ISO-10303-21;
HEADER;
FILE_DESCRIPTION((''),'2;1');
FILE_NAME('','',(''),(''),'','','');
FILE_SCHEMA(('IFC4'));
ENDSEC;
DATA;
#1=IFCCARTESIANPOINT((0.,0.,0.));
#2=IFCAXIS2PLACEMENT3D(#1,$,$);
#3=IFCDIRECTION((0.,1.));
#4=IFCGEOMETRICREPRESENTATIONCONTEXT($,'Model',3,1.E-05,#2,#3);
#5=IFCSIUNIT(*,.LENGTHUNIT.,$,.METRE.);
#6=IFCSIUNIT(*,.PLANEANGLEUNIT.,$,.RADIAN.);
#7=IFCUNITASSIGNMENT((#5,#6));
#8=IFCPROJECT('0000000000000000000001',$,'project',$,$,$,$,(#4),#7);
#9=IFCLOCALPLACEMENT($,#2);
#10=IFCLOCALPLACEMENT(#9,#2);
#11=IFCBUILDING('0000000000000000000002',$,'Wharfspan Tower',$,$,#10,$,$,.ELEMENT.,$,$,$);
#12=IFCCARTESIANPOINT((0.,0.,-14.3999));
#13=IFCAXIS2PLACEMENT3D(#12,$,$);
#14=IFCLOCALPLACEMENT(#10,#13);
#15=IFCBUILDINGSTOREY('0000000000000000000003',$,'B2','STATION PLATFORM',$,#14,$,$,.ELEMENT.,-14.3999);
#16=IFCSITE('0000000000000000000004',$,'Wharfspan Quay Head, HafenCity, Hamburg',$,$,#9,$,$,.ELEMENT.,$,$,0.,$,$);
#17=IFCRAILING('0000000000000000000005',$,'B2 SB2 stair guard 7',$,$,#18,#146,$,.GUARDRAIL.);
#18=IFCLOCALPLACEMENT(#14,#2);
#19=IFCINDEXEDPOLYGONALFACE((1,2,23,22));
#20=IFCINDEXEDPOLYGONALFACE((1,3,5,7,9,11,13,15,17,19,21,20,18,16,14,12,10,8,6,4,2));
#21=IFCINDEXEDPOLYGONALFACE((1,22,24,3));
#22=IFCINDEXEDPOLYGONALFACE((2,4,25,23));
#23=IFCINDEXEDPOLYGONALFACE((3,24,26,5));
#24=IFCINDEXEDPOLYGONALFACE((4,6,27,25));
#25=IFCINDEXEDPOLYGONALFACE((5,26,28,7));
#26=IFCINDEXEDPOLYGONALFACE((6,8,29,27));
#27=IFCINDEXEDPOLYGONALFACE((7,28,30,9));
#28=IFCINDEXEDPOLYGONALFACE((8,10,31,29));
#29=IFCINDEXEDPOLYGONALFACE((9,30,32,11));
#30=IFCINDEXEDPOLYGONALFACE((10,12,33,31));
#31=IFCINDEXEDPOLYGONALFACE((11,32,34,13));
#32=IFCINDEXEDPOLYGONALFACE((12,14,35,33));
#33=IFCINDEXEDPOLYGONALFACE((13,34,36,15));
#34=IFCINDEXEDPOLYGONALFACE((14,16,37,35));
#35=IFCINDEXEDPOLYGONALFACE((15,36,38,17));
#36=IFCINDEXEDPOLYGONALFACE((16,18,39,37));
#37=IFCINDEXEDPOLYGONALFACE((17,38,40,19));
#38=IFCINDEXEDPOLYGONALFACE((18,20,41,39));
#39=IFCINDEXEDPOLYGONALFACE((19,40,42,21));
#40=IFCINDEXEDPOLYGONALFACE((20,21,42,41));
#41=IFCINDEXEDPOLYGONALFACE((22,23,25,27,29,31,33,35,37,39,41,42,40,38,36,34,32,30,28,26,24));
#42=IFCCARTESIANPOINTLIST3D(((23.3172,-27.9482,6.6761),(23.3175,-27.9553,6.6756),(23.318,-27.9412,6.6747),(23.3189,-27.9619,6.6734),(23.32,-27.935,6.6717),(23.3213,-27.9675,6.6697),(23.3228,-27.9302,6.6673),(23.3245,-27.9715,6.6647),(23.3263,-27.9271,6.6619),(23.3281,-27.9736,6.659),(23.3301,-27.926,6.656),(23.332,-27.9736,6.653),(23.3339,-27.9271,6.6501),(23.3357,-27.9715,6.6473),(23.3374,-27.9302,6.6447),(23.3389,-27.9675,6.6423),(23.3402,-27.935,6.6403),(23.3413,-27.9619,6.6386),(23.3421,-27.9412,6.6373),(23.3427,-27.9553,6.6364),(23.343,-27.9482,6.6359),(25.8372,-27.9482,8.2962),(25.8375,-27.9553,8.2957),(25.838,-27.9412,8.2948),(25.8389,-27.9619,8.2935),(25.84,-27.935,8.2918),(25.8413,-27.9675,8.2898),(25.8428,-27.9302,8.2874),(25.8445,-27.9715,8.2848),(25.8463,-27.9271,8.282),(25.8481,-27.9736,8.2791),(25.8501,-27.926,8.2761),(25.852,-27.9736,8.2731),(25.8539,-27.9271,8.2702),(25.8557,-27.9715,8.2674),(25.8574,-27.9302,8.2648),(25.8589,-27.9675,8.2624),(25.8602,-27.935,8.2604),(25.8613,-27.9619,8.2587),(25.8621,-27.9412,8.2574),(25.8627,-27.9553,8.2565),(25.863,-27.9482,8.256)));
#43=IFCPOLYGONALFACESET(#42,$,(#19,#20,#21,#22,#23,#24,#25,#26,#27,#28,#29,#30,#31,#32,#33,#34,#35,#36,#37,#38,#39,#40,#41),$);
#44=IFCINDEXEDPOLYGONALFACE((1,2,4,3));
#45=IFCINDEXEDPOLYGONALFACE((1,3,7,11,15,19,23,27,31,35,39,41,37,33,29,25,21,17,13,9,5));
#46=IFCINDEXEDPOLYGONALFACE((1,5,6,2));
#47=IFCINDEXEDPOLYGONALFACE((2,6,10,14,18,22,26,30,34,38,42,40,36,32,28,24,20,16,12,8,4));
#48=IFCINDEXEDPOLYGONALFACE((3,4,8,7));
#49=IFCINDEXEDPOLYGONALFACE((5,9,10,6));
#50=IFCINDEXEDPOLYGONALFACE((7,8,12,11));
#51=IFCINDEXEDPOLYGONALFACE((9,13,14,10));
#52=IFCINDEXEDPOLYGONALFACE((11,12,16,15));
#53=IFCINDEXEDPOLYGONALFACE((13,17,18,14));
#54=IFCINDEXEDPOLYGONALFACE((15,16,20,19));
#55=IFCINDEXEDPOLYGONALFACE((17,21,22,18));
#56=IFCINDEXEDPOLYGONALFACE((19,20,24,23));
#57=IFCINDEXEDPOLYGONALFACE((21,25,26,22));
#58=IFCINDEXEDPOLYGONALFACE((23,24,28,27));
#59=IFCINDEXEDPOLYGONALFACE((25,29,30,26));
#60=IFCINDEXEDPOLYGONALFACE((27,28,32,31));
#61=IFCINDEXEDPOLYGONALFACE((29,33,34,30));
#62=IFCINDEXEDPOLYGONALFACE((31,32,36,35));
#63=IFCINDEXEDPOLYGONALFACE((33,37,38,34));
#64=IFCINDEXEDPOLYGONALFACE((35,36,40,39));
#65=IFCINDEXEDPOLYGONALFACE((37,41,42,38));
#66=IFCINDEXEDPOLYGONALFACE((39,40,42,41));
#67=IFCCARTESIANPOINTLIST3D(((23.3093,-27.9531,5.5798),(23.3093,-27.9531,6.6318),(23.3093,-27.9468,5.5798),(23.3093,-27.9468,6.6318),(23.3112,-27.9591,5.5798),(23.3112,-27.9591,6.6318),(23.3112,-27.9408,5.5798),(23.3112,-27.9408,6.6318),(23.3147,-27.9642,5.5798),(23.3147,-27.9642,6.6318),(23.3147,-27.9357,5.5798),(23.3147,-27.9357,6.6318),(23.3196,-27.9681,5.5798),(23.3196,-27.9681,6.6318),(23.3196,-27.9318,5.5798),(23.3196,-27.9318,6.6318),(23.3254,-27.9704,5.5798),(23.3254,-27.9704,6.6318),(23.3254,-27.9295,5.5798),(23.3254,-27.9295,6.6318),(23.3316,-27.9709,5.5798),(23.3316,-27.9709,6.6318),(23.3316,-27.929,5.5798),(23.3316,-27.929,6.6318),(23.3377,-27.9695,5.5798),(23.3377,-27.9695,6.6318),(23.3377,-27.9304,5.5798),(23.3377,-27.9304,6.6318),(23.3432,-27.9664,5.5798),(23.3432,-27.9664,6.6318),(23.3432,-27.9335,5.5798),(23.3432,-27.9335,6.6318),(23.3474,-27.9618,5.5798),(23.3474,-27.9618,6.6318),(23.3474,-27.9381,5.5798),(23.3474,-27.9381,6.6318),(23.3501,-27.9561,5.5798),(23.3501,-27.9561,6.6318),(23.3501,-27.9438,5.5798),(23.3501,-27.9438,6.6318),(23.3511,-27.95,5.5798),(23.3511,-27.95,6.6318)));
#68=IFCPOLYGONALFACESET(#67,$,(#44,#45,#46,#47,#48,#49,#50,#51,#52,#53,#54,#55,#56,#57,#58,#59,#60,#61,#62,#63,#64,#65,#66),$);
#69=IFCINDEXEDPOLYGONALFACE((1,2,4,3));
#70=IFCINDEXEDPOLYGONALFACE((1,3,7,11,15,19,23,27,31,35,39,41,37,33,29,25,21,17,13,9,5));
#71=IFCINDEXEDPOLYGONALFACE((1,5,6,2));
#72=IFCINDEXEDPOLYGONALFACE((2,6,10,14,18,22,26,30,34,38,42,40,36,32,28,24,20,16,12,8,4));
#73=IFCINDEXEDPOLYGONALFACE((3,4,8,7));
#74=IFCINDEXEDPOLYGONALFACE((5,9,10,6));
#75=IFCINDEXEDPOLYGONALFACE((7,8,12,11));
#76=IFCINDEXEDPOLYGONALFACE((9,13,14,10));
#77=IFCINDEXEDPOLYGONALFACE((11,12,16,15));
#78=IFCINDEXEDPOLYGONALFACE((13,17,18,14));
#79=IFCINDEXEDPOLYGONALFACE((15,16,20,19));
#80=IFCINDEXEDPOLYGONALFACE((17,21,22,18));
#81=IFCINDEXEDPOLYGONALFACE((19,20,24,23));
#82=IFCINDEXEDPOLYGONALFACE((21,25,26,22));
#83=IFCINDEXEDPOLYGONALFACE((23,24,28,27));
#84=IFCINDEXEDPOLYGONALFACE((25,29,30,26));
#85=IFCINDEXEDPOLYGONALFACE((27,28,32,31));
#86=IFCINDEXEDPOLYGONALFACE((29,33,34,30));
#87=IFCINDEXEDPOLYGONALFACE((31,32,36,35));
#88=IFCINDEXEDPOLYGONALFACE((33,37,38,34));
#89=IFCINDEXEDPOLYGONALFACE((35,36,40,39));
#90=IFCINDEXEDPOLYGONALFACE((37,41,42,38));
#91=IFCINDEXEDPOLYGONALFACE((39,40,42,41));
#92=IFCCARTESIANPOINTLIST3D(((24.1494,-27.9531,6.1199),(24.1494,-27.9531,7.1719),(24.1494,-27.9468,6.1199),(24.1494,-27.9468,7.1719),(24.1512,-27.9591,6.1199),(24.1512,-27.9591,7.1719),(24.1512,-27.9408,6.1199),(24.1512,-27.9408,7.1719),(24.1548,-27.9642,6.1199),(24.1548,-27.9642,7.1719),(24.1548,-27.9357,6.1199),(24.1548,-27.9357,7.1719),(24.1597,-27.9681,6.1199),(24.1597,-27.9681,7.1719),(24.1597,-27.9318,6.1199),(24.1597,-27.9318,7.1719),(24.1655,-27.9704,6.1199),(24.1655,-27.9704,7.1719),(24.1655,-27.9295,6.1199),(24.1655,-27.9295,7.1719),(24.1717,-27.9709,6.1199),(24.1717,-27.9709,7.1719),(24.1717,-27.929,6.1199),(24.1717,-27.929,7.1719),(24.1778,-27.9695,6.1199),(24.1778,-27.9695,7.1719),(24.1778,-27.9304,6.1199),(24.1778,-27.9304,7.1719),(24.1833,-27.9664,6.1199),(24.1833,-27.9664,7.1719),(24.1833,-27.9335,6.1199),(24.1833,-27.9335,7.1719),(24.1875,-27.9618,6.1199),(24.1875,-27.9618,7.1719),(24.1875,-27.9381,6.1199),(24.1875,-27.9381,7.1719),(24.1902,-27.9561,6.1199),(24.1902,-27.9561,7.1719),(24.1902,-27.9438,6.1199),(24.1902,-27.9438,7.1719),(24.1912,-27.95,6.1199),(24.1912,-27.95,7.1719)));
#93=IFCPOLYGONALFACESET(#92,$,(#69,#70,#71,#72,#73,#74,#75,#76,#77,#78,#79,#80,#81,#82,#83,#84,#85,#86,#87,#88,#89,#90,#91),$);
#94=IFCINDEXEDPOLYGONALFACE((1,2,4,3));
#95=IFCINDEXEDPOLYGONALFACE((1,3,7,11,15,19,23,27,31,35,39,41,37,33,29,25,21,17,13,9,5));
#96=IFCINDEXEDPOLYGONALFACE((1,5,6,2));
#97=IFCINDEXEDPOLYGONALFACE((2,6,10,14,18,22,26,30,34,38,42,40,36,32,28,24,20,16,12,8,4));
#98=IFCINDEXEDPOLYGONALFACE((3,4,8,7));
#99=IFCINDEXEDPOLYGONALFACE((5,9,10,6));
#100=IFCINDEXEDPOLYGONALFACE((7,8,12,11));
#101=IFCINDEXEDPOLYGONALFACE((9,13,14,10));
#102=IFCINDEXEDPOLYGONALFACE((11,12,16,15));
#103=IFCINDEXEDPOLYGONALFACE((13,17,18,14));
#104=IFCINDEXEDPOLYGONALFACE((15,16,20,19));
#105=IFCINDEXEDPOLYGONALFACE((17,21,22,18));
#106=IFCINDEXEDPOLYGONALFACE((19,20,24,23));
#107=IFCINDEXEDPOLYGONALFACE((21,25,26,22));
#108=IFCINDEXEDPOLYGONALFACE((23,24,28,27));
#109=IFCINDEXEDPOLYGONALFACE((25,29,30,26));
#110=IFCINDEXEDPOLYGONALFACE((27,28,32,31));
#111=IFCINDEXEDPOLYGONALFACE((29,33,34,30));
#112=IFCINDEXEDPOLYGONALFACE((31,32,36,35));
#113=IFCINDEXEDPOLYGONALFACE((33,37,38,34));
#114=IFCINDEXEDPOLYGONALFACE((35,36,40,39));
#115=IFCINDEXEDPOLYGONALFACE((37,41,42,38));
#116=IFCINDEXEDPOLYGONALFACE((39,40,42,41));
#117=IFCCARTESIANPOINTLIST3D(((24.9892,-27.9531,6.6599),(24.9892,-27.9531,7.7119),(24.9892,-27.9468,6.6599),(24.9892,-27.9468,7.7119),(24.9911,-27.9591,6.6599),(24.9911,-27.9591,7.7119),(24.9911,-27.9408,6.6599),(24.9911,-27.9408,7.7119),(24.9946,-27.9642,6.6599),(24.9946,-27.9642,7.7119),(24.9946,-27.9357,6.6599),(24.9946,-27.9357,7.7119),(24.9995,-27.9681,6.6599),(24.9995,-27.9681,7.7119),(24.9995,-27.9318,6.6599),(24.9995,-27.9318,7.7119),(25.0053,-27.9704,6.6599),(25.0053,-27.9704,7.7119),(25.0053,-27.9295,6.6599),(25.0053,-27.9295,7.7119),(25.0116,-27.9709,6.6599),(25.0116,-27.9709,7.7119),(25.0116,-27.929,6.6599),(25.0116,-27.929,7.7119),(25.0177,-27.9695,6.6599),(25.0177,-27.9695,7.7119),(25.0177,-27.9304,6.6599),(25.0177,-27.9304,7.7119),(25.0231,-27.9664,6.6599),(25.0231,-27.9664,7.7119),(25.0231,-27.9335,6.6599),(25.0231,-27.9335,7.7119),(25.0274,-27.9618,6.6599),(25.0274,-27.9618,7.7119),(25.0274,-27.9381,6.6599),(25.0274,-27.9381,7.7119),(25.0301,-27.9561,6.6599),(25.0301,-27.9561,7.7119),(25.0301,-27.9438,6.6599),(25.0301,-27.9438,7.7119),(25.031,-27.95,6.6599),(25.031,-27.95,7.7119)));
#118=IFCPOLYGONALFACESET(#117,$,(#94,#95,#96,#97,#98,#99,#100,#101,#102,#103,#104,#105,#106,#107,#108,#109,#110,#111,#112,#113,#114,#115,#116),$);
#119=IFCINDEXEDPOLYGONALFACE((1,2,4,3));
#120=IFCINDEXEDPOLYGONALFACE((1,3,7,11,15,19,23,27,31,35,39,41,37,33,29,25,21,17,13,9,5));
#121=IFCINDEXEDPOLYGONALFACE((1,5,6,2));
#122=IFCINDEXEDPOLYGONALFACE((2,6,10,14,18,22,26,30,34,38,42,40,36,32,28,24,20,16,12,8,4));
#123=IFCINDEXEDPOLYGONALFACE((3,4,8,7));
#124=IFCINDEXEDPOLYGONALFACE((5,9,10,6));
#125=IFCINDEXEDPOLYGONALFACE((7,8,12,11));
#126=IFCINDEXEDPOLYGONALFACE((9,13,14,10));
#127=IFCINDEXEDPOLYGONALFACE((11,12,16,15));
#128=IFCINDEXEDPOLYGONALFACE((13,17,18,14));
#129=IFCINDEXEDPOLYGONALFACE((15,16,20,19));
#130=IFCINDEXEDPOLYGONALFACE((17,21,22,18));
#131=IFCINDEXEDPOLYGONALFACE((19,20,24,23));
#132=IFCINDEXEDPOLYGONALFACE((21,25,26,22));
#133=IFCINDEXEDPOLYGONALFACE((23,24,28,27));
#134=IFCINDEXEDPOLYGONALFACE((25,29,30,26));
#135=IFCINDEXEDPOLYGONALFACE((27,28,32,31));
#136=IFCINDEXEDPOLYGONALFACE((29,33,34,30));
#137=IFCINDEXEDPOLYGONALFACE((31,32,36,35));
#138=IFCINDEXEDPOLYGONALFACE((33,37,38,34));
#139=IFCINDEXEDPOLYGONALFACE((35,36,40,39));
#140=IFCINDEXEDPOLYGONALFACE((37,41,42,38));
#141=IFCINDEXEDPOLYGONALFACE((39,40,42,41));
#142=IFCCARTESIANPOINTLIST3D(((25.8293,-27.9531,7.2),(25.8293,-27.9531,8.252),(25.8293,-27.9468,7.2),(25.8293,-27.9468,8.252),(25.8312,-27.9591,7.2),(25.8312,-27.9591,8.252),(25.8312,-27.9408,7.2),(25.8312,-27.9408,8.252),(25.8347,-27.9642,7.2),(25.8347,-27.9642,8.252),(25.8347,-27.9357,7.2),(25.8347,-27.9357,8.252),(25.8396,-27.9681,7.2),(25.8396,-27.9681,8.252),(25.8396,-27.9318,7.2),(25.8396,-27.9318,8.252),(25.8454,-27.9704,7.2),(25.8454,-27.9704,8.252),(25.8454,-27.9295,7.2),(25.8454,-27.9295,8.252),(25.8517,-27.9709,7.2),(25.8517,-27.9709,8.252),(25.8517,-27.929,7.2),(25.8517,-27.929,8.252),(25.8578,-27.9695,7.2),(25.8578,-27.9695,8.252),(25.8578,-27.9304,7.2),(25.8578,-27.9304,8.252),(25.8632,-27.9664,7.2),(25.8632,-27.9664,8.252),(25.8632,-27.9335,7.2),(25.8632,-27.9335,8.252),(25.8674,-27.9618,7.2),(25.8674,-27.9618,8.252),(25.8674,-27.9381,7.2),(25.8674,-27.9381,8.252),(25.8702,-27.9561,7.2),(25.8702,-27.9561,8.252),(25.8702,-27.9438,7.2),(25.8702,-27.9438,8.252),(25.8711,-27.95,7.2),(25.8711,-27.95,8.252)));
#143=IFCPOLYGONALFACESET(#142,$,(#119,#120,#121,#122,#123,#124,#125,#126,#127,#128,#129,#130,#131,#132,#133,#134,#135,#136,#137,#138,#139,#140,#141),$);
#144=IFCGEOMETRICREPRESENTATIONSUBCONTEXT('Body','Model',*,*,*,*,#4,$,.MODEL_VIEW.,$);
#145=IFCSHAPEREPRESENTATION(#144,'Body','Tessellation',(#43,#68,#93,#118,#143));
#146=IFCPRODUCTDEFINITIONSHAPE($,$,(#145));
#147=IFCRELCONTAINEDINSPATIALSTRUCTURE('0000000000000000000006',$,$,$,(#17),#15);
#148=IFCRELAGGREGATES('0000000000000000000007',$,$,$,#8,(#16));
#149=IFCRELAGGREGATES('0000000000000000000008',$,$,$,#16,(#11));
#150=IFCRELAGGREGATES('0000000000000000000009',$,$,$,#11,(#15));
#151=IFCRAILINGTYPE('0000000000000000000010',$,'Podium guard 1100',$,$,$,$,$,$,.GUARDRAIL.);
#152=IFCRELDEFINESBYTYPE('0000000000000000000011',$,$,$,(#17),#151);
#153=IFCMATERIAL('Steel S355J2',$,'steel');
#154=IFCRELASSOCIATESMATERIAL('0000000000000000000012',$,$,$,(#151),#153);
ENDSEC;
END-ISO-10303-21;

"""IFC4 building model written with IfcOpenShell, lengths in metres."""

from ifc_helpers import new_model, si_unit, direction, frame, origin, origin_2d, place, context, subcontext, project, spatial, circle, extrude, material, type_object, element, save


model = new_model("IFC4")

# Units and contexts
model_context = context("Model", 3, precision=1e-05, world=origin(), true_north=direction((0.0, 1.0)))
body_context = subcontext(model_context, "Body", "Model", "MODEL_VIEW")
ifc_project = project(units=[si_unit("LENGTHUNIT", "METRE"), si_unit("PLANEANGLEUNIT", "RADIAN")], contexts=[model_context])

# Site, building, storey
site_placement = place(None, origin())
site = spatial("IfcSite", under=ifc_project, at=site_placement, Name="Wharfspan Quay Head, HafenCity, Hamburg", CompositionType="ELEMENT", RefElevation=0.0)
building_placement = place(site_placement, origin())
building = spatial("IfcBuilding", under=site, at=building_placement, Name="Wharfspan Tower", CompositionType="ELEMENT")
storey_placement = place(building_placement, frame((0.0, 0.0, -14.3999)))
storey = spatial("IfcBuildingStorey", under=building, at=storey_placement, Name="B2", Description="STATION PLATFORM", CompositionType="ELEMENT", Elevation=-14.3999)

# Railing
ifc_material_1 = material(Name="Steel S355J2", Category="steel")
railing_type_1 = type_object("IfcRailingType", Name="Podium guard 1100", PredefinedType="GUARDRAIL", material=ifc_material_1)
railing_1_placement = place(storey_placement, frame((23.3301, -27.95, 5.5798)))
element("IfcRailing", 1, at=railing_1_placement, inside=storey, type_object=railing_type_1, Name="B2 SB2 stair guard 7", PredefinedType="GUARDRAIL", context=body_context, shape_type="SweptSolid", body=[
    extrude(circle(Radius=0.0239, at=origin_2d()), frame((0.0, 0.0, 1.0762), z_axis=(0.841163, 0.0, 0.540782), x_axis=(0.0, 1.0, 0.0)), (0.0, 0.0, 1.0), 2.9958),
    extrude(circle(Radius=0.021, at=origin_2d()), origin(), (0.0, 0.0, 1.0), 1.052),
    extrude(circle(Radius=0.021, at=origin_2d()), frame((0.8401, 0.0, 0.54)), (0.0, 0.0, 1.0), 1.052),
    extrude(circle(Radius=0.021, at=origin_2d()), frame((1.6799, 0.0, 1.0801)), (0.0, 0.0, 1.0), 1.052),
    extrude(circle(Radius=0.021, at=origin_2d()), frame((2.52, 0.0, 1.6201)), (0.0, 0.0, 1.0), 1.052),
])

save(model, "model.ifc")
